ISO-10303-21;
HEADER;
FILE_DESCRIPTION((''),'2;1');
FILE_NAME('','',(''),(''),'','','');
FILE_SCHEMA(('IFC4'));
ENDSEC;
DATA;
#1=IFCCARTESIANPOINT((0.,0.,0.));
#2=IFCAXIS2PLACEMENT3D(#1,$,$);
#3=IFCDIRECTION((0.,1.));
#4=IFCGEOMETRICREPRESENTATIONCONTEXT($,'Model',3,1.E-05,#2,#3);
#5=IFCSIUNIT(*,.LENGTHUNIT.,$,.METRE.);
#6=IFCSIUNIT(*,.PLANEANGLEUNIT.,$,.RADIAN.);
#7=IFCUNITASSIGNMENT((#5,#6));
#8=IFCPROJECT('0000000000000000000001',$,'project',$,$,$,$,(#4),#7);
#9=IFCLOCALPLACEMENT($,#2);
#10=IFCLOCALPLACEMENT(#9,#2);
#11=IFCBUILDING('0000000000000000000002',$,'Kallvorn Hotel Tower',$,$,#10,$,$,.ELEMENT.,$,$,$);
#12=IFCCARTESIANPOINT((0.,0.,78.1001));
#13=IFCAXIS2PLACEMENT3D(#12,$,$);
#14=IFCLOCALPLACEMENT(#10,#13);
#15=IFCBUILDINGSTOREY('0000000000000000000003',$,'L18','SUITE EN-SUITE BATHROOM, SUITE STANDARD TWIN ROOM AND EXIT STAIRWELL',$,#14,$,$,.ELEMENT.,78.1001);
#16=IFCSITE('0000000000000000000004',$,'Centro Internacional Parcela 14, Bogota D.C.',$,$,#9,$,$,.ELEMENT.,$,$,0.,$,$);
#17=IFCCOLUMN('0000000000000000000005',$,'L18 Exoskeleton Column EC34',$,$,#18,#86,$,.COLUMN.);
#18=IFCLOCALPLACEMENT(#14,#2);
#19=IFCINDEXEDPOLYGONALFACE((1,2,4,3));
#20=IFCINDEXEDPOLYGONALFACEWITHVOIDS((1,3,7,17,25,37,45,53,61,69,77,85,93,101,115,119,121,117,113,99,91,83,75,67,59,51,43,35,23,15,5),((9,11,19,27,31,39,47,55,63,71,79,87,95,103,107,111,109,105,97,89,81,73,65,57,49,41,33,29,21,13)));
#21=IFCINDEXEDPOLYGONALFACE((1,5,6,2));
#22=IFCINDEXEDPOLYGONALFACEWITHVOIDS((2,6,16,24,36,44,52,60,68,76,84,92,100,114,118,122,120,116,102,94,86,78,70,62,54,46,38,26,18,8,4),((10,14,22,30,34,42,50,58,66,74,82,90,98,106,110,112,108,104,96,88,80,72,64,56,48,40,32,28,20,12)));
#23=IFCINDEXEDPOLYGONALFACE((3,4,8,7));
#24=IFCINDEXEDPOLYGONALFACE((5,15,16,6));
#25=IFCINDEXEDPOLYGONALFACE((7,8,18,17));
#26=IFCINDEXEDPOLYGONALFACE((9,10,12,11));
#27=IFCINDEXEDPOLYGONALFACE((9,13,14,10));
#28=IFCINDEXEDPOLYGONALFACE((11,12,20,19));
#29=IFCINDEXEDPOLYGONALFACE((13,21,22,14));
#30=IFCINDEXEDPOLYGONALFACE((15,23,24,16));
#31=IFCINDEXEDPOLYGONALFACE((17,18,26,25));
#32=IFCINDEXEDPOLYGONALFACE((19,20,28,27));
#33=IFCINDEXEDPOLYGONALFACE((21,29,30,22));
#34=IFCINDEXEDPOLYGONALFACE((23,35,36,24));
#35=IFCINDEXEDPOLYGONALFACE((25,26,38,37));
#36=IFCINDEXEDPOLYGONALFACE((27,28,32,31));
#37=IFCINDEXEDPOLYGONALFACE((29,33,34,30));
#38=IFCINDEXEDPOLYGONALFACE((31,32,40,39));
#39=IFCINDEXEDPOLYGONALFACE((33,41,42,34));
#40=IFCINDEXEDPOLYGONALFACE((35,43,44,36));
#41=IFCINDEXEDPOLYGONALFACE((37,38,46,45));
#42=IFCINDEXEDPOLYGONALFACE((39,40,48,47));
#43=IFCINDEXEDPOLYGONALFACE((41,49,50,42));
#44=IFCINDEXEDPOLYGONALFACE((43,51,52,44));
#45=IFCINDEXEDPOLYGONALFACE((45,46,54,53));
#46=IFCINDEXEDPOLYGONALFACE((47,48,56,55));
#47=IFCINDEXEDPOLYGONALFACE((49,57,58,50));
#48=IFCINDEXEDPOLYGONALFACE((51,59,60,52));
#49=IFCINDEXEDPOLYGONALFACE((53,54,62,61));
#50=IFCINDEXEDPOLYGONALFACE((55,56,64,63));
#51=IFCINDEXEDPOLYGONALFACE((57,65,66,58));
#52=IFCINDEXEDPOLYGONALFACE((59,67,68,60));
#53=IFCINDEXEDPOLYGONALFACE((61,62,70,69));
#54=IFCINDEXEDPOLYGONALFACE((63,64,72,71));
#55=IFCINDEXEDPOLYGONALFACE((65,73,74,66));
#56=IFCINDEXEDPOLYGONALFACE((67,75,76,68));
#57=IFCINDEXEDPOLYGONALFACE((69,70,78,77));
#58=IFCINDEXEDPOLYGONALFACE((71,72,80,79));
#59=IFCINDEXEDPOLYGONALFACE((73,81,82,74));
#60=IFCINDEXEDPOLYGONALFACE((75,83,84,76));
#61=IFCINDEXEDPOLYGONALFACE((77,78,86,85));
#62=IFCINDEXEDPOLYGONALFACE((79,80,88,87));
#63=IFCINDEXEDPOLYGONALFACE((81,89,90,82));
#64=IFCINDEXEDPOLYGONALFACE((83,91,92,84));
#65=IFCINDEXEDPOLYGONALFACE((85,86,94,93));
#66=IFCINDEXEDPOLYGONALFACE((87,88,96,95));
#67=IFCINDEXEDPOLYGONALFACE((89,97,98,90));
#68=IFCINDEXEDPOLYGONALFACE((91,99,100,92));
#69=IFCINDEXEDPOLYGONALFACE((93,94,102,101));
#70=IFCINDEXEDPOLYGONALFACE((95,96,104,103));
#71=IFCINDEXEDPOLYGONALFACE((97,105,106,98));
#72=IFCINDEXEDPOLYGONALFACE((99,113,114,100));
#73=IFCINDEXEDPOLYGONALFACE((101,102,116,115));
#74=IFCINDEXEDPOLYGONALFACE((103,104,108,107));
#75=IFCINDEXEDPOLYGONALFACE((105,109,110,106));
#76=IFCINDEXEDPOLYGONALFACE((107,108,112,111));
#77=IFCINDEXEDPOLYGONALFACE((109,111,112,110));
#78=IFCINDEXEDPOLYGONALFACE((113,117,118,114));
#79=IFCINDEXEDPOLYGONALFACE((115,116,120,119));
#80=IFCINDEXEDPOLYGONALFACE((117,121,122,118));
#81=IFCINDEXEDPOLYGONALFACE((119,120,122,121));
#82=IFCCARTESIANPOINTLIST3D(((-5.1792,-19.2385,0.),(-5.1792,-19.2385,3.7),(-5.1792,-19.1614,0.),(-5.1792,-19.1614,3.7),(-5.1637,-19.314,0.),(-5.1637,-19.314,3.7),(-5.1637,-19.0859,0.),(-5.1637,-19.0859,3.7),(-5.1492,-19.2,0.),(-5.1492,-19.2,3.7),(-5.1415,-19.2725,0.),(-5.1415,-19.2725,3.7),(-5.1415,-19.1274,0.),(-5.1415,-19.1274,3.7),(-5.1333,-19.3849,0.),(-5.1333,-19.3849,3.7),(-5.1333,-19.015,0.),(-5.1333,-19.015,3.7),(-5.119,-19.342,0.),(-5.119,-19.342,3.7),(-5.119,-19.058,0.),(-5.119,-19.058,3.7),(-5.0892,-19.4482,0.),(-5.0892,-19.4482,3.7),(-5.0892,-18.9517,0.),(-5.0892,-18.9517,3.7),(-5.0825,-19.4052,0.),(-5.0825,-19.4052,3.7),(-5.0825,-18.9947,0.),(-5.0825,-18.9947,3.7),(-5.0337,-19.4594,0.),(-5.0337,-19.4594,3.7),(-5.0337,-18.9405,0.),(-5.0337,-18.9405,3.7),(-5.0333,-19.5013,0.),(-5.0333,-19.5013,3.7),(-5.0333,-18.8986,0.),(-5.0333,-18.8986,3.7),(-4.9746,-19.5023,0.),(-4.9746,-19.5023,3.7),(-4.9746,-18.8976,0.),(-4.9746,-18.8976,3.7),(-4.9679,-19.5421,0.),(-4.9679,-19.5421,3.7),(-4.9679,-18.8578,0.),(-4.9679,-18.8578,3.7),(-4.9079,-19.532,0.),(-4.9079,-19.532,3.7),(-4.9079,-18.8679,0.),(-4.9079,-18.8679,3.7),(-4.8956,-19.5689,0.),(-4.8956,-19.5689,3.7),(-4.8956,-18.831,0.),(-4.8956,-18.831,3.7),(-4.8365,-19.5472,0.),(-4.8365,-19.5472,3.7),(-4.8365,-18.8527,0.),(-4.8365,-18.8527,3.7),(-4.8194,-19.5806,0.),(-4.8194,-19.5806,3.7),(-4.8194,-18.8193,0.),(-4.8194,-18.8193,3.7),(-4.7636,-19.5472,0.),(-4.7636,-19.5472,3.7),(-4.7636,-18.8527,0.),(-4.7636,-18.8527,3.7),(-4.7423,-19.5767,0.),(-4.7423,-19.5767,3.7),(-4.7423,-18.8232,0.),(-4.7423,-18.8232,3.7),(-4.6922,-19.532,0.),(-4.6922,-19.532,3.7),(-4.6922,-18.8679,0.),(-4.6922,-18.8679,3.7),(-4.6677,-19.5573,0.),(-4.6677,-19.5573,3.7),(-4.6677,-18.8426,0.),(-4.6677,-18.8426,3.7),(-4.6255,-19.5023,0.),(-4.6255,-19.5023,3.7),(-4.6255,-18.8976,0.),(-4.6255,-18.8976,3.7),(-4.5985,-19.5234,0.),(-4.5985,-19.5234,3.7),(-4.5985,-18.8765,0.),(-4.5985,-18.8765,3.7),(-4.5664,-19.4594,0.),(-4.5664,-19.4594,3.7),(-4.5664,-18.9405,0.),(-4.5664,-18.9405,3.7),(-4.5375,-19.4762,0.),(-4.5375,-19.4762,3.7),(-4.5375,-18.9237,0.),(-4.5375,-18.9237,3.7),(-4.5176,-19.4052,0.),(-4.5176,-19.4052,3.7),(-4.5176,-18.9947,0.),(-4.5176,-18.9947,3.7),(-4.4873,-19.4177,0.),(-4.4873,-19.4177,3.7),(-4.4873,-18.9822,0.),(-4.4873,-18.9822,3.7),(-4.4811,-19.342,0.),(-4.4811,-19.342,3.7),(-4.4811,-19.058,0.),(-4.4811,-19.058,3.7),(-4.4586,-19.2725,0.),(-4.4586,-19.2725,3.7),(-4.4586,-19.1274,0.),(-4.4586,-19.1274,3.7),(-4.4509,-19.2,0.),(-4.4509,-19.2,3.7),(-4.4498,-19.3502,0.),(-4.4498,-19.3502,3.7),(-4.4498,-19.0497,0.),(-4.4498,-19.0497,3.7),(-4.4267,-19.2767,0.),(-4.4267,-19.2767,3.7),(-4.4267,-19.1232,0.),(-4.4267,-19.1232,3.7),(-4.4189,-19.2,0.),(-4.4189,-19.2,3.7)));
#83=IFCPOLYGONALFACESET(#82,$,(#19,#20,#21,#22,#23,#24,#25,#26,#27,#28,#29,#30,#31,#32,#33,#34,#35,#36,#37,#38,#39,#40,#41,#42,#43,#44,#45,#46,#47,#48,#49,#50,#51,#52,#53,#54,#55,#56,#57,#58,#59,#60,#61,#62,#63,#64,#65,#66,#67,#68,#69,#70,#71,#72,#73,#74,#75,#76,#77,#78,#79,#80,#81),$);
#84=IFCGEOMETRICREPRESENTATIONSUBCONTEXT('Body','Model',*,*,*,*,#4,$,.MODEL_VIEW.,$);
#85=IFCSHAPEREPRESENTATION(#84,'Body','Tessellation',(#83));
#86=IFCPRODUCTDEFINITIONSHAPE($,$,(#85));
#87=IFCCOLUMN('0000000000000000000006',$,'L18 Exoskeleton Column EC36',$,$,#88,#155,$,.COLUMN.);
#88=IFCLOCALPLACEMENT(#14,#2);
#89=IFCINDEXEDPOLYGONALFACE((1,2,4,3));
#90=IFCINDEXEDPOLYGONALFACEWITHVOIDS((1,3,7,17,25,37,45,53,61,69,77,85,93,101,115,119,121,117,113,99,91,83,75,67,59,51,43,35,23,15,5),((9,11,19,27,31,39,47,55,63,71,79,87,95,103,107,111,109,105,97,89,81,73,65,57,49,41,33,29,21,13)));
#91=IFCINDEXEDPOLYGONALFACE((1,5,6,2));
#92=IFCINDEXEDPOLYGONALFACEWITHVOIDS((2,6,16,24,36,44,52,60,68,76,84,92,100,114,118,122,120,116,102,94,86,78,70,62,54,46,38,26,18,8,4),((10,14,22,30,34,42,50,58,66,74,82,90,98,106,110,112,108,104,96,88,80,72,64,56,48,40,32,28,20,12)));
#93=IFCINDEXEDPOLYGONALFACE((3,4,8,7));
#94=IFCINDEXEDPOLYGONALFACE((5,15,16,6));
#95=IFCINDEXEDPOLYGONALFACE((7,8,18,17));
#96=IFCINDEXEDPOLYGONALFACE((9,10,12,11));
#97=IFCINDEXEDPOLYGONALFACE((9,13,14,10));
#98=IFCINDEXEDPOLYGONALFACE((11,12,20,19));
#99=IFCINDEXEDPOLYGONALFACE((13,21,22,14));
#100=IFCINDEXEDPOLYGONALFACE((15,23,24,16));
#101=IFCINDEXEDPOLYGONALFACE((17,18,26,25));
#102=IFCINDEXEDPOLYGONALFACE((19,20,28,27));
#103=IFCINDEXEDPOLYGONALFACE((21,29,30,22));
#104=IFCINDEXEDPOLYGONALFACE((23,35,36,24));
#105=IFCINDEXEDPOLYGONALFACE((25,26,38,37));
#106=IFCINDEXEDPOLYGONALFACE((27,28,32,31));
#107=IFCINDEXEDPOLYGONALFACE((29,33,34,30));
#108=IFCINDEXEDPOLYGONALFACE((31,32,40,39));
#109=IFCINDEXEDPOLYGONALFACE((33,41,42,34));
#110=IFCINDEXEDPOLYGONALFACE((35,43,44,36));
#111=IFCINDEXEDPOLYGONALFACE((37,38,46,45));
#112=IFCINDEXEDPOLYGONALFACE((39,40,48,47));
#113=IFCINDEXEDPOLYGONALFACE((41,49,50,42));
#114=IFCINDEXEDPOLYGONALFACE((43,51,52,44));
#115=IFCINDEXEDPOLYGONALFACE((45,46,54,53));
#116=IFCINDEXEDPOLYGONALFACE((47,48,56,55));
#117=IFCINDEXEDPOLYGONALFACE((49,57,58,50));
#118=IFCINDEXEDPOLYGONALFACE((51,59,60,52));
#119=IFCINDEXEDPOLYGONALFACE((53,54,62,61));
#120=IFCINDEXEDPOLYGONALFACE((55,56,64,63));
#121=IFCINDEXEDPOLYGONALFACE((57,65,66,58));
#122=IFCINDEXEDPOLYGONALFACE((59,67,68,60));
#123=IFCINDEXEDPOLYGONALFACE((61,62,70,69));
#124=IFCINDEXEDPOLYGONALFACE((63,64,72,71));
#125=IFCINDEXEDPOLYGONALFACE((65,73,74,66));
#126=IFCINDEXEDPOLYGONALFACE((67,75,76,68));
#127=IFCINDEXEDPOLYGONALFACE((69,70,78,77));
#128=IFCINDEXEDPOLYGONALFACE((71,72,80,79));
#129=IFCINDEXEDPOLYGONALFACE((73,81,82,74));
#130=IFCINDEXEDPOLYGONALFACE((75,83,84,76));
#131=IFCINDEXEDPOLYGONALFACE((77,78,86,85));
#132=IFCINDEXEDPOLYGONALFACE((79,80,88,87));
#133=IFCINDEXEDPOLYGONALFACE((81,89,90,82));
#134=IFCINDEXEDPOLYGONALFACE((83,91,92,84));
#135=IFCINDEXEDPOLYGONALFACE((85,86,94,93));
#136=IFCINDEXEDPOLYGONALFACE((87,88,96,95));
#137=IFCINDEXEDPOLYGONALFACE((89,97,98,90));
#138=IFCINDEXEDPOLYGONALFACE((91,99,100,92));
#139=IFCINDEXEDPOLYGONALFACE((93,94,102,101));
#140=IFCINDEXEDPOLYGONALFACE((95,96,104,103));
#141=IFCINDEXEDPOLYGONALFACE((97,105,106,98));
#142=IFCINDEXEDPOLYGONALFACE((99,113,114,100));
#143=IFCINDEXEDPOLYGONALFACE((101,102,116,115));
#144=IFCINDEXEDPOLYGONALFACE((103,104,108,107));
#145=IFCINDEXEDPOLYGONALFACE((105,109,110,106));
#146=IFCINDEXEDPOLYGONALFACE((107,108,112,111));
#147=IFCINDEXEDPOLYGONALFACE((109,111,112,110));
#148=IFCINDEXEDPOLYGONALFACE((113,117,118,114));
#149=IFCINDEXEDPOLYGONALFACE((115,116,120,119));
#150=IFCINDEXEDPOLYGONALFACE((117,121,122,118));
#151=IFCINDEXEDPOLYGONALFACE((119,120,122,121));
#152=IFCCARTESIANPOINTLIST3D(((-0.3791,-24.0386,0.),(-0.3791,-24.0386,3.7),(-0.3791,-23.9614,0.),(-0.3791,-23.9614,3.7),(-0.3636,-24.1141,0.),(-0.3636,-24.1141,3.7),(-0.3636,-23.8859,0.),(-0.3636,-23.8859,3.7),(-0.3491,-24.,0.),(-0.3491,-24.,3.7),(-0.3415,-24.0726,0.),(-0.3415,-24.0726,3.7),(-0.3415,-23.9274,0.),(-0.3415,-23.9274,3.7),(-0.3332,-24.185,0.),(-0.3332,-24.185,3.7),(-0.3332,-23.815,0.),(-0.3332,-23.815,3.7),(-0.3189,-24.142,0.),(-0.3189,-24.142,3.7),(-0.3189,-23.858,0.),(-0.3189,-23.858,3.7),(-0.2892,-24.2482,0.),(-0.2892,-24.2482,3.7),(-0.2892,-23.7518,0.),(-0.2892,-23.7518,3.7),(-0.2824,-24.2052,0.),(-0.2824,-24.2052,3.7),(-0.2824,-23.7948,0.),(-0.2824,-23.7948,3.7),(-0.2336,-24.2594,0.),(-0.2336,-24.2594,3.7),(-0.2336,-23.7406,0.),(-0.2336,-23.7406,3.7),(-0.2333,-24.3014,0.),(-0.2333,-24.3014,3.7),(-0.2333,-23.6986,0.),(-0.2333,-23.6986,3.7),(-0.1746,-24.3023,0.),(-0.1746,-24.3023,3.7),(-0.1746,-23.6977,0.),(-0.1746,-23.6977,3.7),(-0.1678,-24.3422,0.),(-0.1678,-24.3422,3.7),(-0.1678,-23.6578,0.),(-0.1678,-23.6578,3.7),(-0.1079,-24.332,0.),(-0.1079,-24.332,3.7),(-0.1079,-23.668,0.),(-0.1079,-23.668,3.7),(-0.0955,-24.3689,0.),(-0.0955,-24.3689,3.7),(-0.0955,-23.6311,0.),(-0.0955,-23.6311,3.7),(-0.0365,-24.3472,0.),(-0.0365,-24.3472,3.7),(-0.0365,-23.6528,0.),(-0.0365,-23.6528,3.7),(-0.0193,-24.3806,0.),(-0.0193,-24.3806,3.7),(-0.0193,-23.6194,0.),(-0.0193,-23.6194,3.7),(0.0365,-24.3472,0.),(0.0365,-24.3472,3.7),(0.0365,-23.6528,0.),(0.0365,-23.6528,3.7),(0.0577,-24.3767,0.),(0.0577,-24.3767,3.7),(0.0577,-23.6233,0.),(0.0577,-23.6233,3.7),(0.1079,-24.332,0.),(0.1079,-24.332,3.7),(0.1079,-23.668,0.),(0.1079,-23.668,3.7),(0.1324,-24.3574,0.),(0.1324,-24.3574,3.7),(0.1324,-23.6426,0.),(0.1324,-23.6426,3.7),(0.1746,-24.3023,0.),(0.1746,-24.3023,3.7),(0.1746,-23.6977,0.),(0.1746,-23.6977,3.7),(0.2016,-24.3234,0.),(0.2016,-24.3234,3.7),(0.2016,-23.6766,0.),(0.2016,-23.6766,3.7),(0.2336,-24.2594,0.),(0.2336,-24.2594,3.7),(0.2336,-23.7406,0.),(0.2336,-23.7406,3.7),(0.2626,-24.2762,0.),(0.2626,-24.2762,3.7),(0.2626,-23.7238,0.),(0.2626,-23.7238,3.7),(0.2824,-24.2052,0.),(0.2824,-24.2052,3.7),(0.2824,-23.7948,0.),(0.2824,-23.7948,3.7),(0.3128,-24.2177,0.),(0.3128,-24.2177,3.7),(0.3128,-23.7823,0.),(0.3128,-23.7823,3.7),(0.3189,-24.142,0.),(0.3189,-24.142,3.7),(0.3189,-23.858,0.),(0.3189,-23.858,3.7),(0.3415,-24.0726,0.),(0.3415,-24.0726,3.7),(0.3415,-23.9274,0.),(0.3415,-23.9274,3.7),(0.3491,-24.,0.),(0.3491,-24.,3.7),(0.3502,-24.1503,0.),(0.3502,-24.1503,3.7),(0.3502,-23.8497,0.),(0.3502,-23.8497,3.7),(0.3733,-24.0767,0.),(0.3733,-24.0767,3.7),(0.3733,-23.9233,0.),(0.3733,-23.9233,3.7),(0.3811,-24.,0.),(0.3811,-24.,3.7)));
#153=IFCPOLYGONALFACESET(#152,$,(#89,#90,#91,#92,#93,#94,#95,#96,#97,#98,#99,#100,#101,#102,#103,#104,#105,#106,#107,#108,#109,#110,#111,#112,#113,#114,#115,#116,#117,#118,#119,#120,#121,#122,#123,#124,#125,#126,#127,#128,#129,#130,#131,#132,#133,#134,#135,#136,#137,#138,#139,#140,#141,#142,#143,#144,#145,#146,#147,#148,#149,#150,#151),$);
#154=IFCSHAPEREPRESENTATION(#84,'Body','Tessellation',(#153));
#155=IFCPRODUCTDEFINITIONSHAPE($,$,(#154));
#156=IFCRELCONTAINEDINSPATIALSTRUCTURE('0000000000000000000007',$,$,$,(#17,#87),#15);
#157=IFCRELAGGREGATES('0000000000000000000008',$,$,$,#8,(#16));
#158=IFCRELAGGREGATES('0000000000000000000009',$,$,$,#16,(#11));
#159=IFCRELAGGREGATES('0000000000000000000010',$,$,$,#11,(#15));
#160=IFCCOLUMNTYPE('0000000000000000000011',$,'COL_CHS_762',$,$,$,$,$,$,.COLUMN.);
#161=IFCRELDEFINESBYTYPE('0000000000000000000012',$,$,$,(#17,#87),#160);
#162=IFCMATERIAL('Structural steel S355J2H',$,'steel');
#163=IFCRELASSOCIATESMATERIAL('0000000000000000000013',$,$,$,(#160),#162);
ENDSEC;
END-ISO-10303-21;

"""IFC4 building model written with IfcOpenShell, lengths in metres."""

from ifc_helpers import new_model, si_unit, direction, frame, origin, origin_2d, place, context, subcontext, project, spatial, hollow_circle, extrude, material, material_profile, profile_set, type_object, element, save


model = new_model("IFC4")

# Units and contexts
model_context = context("Model", 3, precision=1e-05, world=origin(), true_north=direction((0.0, 1.0)))
body_context = subcontext(model_context, "Body", "Model", "MODEL_VIEW")
ifc_project = project(units=[si_unit("LENGTHUNIT", "METRE"), si_unit("PLANEANGLEUNIT", "RADIAN")], contexts=[model_context])

# Site, building, storey
site_placement = place(None, origin())
site = spatial("IfcSite", under=ifc_project, at=site_placement, Name="Centro Internacional Parcela 14, Bogota D.C.", CompositionType="ELEMENT", RefElevation=0.0)
building_placement = place(site_placement, origin())
building = spatial("IfcBuilding", under=site, at=building_placement, Name="Kallvorn Hotel Tower", CompositionType="ELEMENT")
storey_placement = place(building_placement, frame((0.0, 0.0, 78.1001)))
storey = spatial("IfcBuildingStorey", under=building, at=storey_placement, Name="L18", Description="SUITE EN-SUITE BATHROOM, SUITE STANDARD TWIN ROOM AND EXIT STAIRWELL", CompositionType="ELEMENT", Elevation=78.1001)

# Columns
ifc_material_1 = material(Name="Structural steel S355J2H", Category="steel")
ifc_material_profile_1 = material_profile(ifc_material_1, hollow_circle(Radius=0.3811, WallThickness=0.032, at=origin_2d()), Name="CHS 762x32")
ifc_profile_set_1 = profile_set([ifc_material_profile_1], Name="Structural steel S355J2H")
column_type_1 = type_object("IfcColumnType", Name="COL_CHS_762", PredefinedType="COLUMN", material=ifc_profile_set_1)
for number, where, z_axis, x_axis, name in (
    (1, (-4.8, -19.2, 0.0), (0.0, 0.0, 1.0), (1.0, 0.0, 0.0), "L18 Exoskeleton Column EC34"),
    (2, (0.0, -24.0, 0.0), (0.0, 0.0, 1.0), (1.0, 0.0, 0.0), "L18 Exoskeleton Column EC36"),
):
    element("IfcColumn", number, at=place(storey_placement, frame(where, z_axis=z_axis, x_axis=x_axis)), inside=storey, type_object=column_type_1, Name=name, PredefinedType="COLUMN", context=body_context, shape_type="SweptSolid", body=[
        extrude(hollow_circle(Radius=0.3811, WallThickness=0.032, at=origin_2d()), origin(), (0.0, 0.0, 1.0), 3.7),
    ])

save(model, "model.ifc")
